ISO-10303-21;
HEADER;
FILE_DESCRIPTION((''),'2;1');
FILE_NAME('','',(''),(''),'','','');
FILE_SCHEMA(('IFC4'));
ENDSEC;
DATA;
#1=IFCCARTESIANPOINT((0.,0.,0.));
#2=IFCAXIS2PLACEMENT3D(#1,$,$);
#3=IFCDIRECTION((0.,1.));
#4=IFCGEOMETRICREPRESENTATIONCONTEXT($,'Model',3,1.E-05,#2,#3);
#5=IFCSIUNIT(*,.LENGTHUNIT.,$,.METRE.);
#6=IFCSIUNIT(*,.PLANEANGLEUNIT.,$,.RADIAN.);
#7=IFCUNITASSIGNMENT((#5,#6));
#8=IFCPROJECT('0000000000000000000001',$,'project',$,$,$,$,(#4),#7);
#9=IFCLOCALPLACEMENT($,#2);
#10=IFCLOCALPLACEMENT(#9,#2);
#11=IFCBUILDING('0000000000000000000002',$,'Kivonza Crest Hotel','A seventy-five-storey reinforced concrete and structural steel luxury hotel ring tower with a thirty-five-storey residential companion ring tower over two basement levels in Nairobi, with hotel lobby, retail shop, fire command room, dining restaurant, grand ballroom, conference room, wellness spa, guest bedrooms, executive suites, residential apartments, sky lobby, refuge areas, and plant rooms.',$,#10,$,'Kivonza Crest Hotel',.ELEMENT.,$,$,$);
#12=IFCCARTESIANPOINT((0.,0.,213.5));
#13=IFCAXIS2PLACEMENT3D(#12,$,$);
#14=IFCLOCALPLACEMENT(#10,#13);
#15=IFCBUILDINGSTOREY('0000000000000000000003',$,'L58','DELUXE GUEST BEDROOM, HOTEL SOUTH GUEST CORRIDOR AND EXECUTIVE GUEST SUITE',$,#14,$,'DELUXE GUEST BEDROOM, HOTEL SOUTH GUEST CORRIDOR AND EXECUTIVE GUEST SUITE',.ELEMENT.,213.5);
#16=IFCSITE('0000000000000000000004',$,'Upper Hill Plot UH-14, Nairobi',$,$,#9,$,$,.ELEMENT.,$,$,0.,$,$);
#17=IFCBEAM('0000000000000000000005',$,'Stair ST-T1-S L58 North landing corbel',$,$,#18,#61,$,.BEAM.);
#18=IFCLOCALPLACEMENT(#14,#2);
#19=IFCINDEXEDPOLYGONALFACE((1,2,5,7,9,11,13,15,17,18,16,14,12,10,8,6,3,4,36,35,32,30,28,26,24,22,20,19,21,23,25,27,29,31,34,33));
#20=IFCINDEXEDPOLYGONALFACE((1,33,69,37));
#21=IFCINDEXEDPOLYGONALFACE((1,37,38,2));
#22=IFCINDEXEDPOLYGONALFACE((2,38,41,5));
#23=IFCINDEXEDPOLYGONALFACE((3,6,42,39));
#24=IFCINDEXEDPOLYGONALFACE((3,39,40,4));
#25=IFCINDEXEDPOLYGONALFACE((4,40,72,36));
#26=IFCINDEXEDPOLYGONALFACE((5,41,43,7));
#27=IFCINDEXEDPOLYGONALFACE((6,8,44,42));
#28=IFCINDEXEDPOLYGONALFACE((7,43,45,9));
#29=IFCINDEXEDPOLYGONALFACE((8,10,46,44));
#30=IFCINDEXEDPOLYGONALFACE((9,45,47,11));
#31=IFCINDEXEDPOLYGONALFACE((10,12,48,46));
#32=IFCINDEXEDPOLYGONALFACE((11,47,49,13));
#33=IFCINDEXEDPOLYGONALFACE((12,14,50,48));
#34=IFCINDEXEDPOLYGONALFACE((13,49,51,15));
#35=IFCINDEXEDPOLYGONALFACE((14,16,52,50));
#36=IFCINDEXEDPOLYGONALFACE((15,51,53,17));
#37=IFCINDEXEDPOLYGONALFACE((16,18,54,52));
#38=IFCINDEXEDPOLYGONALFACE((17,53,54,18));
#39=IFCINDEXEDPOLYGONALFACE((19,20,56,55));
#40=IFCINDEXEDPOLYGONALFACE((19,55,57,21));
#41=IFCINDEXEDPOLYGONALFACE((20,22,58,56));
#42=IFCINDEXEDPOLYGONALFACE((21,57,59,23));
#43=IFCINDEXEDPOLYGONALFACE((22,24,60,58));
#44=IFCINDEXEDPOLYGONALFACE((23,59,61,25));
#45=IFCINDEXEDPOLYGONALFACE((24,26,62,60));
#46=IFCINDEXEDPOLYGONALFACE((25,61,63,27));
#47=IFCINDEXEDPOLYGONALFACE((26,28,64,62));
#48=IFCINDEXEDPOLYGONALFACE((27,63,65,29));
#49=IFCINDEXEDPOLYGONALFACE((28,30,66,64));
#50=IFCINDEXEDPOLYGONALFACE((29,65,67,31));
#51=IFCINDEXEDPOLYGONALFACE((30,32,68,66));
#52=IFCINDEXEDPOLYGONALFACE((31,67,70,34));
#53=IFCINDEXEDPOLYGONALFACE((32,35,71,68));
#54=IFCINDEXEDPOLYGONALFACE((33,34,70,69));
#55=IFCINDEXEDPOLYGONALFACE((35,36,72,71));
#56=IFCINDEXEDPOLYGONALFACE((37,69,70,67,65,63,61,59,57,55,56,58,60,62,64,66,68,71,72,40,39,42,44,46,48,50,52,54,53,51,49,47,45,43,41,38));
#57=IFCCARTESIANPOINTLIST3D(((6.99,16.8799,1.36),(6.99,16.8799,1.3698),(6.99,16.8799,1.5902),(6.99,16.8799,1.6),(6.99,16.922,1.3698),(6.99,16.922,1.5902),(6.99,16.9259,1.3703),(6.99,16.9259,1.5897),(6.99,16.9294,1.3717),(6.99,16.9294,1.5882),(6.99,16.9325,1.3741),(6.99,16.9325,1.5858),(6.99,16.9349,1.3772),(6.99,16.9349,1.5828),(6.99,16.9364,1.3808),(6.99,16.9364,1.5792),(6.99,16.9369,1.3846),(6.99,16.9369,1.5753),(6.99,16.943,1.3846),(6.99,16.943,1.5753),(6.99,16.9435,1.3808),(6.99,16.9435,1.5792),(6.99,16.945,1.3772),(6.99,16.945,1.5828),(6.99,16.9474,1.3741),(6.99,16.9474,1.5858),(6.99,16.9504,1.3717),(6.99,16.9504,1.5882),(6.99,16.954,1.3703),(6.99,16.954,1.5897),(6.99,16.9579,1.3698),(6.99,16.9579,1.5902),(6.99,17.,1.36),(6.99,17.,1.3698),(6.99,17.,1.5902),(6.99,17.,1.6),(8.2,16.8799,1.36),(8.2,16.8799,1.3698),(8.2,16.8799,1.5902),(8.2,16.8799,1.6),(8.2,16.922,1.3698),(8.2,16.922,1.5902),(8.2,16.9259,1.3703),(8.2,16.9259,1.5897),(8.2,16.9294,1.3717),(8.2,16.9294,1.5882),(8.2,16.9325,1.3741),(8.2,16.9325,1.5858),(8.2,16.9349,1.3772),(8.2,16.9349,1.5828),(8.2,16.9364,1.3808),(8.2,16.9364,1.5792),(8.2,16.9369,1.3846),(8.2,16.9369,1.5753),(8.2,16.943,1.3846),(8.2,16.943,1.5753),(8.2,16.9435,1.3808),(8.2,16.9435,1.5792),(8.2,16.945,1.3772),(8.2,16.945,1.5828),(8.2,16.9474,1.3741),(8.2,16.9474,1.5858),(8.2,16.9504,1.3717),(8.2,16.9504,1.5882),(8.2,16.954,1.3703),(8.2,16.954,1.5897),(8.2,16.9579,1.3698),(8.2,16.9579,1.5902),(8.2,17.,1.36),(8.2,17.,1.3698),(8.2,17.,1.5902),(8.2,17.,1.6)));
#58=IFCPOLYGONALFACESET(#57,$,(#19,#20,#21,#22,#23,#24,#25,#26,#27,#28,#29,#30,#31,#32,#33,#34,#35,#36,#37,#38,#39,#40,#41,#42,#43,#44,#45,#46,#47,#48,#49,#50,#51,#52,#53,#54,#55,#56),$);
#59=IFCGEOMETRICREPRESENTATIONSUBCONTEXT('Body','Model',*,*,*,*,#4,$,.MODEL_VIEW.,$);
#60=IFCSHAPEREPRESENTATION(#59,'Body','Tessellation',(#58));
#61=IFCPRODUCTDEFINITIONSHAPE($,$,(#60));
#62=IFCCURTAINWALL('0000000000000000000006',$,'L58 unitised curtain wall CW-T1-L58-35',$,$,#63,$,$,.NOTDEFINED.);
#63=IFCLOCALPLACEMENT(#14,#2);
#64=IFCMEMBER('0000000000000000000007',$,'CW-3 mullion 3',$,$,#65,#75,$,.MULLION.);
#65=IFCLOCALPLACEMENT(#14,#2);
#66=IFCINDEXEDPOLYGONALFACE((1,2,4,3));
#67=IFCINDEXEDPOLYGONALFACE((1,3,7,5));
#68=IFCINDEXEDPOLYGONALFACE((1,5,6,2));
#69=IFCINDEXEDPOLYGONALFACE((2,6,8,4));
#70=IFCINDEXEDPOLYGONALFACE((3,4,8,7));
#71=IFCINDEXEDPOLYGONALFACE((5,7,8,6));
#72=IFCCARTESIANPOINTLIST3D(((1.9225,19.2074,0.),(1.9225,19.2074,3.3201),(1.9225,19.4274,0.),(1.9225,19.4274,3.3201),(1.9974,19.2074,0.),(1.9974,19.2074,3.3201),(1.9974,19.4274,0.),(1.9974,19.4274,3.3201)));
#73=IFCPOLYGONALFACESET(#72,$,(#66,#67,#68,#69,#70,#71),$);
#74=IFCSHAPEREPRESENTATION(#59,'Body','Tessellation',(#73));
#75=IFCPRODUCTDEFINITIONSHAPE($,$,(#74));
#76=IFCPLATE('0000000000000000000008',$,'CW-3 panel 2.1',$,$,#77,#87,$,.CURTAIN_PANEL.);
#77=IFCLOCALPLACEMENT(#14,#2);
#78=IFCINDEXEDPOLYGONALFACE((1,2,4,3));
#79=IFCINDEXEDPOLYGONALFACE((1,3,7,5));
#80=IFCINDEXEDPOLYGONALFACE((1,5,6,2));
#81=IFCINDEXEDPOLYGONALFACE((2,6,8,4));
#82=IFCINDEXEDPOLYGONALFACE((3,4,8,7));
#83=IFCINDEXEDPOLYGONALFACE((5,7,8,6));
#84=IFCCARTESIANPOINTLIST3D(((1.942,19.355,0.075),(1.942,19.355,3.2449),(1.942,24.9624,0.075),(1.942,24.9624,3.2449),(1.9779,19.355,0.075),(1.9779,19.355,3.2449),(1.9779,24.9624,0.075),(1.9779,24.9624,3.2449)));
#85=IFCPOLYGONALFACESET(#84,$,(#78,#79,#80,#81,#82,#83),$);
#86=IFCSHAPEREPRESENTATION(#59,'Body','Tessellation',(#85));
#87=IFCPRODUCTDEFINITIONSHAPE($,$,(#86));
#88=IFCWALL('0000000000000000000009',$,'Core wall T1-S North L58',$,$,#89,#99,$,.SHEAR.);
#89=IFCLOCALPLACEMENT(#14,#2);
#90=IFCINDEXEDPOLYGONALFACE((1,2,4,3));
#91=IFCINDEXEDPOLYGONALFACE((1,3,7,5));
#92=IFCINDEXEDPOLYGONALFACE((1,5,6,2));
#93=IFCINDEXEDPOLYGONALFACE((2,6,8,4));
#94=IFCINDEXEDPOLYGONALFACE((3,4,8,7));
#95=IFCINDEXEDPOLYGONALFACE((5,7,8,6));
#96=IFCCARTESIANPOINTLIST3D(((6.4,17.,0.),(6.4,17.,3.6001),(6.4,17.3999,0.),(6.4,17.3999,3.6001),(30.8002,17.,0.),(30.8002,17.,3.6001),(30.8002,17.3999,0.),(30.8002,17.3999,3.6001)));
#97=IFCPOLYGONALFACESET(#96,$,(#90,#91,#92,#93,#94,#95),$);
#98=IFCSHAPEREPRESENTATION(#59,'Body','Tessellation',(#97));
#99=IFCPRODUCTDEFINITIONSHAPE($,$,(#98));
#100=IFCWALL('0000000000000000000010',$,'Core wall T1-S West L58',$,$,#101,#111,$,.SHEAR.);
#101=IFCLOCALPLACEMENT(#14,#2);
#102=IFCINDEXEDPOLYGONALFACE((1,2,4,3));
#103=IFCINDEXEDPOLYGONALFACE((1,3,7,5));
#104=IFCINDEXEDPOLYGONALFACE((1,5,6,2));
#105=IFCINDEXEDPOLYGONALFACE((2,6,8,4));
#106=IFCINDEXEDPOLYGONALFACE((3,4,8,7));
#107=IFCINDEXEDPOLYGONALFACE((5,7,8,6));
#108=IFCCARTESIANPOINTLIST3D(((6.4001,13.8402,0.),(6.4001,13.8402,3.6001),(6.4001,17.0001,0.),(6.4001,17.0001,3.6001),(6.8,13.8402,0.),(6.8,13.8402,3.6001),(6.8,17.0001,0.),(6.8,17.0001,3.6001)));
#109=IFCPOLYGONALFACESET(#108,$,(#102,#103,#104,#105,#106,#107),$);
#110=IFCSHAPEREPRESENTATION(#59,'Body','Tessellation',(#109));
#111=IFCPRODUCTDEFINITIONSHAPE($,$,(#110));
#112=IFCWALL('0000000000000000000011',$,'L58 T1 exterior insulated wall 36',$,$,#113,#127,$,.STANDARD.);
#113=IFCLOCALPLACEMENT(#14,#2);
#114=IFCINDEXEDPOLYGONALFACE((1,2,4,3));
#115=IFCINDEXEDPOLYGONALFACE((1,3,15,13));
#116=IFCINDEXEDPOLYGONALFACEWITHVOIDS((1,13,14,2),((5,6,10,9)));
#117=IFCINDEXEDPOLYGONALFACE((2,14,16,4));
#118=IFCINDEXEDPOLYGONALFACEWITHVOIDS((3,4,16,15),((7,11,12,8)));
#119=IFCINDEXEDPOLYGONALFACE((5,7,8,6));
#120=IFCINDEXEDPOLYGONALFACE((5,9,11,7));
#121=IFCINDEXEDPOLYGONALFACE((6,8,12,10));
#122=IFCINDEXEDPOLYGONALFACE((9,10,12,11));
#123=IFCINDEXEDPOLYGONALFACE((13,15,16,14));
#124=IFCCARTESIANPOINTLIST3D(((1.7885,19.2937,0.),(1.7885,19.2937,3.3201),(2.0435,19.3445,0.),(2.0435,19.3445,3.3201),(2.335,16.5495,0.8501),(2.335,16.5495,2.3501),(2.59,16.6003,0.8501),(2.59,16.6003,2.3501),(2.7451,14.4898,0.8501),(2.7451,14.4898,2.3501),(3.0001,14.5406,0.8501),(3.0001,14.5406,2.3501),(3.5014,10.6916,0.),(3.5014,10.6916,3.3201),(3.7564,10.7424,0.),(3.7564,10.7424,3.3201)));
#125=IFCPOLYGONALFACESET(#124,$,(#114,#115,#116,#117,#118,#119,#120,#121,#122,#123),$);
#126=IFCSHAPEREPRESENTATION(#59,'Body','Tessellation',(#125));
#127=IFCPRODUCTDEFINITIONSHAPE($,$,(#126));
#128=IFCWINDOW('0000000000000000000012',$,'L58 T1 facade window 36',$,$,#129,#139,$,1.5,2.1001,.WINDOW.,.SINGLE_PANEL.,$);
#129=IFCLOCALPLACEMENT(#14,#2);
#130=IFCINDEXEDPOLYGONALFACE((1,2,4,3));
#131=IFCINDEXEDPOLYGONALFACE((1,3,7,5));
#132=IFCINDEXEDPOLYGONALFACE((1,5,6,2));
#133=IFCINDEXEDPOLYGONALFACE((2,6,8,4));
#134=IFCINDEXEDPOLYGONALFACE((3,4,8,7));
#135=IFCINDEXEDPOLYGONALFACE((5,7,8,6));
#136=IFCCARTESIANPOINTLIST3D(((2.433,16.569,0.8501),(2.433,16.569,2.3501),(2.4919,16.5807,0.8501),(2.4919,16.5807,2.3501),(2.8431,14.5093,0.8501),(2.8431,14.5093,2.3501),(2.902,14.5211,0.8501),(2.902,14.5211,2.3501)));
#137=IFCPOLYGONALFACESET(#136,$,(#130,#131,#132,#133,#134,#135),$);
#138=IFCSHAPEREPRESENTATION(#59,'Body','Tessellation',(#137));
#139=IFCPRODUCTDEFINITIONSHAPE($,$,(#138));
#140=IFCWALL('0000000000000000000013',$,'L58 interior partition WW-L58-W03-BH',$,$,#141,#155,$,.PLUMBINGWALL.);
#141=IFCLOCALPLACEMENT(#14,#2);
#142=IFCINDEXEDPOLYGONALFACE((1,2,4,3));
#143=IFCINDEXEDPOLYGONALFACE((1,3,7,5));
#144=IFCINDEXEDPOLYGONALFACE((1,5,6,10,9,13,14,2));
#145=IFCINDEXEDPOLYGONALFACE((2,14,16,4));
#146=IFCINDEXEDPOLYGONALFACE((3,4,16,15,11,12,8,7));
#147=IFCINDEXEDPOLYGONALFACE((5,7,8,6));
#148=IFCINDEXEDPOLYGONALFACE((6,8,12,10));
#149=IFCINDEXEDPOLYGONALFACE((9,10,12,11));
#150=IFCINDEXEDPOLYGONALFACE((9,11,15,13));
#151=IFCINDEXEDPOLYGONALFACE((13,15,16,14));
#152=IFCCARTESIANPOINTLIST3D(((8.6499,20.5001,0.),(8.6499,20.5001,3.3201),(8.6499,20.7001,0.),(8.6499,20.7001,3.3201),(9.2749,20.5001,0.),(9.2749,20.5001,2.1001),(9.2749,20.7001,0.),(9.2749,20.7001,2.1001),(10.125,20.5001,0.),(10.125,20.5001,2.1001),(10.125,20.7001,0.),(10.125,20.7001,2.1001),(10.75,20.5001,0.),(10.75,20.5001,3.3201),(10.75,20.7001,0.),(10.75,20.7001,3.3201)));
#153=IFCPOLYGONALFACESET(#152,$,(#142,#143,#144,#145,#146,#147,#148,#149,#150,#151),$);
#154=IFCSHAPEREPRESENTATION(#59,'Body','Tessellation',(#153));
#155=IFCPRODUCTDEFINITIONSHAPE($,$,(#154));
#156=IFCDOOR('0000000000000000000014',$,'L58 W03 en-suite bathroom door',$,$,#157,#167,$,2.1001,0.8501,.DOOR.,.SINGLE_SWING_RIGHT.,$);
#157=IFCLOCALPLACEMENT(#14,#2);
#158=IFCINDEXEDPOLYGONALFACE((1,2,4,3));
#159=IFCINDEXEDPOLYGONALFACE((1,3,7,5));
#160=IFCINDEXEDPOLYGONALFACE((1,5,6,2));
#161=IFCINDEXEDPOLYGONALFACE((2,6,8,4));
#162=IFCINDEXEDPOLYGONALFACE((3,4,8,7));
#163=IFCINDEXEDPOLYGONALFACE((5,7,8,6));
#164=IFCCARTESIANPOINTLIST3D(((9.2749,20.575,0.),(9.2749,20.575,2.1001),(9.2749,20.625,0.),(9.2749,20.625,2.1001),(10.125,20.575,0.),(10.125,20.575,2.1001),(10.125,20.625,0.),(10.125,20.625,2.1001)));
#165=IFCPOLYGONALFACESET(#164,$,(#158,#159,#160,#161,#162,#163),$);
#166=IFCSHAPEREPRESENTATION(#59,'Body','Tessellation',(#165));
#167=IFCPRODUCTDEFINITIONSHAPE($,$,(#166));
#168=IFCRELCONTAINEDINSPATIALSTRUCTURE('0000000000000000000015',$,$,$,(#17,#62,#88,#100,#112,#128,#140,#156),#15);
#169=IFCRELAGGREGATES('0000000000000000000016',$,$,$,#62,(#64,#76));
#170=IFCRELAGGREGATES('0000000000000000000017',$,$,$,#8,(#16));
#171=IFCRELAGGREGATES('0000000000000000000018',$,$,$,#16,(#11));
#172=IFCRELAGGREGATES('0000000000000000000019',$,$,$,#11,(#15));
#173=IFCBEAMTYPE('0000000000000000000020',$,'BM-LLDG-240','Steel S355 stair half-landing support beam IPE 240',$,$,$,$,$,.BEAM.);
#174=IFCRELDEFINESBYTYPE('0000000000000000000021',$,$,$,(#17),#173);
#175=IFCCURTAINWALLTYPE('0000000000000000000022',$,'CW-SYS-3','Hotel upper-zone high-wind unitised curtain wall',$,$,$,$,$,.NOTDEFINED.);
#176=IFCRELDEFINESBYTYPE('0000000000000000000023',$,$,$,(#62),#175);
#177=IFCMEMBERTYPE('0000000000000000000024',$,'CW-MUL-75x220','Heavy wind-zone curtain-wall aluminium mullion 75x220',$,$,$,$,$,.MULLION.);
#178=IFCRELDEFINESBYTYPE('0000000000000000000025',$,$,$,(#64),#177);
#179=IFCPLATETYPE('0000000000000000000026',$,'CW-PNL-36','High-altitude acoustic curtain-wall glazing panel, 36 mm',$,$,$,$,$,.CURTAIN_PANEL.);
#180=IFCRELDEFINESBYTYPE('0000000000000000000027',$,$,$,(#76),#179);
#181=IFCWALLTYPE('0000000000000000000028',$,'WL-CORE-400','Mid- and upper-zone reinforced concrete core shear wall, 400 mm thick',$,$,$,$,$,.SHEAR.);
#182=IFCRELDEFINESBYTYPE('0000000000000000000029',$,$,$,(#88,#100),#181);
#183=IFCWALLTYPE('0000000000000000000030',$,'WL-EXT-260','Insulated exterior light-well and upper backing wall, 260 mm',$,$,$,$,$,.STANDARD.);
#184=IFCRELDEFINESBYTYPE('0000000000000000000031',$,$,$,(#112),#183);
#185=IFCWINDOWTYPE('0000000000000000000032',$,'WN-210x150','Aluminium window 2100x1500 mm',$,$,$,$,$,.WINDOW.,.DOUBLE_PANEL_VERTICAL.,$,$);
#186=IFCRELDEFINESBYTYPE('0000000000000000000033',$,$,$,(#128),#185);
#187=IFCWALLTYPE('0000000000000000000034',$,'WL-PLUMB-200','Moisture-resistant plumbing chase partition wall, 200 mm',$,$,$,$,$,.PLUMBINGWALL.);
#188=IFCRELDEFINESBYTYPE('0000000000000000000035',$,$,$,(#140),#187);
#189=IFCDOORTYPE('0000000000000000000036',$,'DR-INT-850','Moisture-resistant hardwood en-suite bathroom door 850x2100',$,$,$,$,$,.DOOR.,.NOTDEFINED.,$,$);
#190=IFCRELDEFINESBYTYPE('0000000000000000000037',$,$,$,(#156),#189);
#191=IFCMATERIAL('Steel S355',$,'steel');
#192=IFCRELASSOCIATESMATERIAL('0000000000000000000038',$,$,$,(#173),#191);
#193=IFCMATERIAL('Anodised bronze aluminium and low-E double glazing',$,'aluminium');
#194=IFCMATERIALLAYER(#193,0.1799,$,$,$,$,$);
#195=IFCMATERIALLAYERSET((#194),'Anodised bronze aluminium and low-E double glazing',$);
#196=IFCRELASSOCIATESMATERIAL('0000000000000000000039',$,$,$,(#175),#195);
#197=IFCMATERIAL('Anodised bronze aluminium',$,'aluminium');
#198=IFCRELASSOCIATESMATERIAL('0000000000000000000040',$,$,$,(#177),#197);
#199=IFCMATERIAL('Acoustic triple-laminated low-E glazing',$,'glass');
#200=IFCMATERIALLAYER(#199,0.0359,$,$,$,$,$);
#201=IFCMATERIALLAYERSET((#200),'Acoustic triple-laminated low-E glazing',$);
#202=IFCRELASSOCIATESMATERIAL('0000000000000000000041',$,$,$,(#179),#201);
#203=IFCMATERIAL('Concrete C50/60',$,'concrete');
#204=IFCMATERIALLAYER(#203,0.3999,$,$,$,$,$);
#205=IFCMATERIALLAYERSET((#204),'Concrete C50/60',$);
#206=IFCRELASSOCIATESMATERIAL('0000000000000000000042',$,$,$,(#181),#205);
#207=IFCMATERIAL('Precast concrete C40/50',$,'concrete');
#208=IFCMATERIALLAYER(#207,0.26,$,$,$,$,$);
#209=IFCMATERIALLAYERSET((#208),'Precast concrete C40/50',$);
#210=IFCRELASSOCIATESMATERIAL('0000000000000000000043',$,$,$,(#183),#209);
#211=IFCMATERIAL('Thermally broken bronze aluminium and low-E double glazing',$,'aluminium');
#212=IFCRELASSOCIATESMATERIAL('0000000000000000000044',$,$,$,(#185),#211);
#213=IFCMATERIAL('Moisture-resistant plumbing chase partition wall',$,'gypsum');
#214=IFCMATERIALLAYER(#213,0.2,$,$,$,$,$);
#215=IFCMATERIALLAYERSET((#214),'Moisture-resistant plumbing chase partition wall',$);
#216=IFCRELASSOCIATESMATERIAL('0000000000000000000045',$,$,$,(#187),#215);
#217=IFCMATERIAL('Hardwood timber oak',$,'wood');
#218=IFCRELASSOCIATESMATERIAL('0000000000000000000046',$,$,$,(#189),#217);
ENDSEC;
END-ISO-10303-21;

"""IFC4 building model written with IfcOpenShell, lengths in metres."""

from ifc_helpers import new_model, si_unit, direction, frame, frame_2d, origin, origin_2d, place, context, subcontext, project, spatial, rectangle, i_section, extrude, material, layer, layer_set, material_profile, profile_set, type_object, element, fill, aggregate, save


model = new_model("IFC4")

# Units and contexts
model_context = context("Model", 3, precision=1e-05, world=origin(), true_north=direction((0.0, 1.0)))
body_context = subcontext(model_context, "Body", "Model", "MODEL_VIEW")
ifc_project = project(units=[si_unit("LENGTHUNIT", "METRE"), si_unit("PLANEANGLEUNIT", "RADIAN")], contexts=[model_context])

# Site, building, storey
site_placement = place(None, origin())
site = spatial("IfcSite", under=ifc_project, at=site_placement, Name="Upper Hill Plot UH-14, Nairobi", CompositionType="ELEMENT", RefElevation=0.0)
building_placement = place(site_placement, origin())
building = spatial("IfcBuilding", under=site, at=building_placement, Name="Kivonza Crest Hotel", Description="A seventy-five-storey reinforced concrete and structural steel luxury hotel ring tower with a thirty-five-storey residential companion ring tower over two basement levels in Nairobi, with hotel lobby, retail shop, fire command room, dining restaurant, grand ballroom, conference room, wellness spa, guest bedrooms, executive suites, residential apartments, sky lobby, refuge areas, and plant rooms.", LongName="Kivonza Crest Hotel", CompositionType="ELEMENT")
storey_placement = place(building_placement, frame((0.0, 0.0, 213.5)))
storey = spatial("IfcBuildingStorey", under=building, at=storey_placement, Name="L58", Description="DELUXE GUEST BEDROOM, HOTEL SOUTH GUEST CORRIDOR AND EXECUTIVE GUEST SUITE", LongName="DELUXE GUEST BEDROOM, HOTEL SOUTH GUEST CORRIDOR AND EXECUTIVE GUEST SUITE", CompositionType="ELEMENT", Elevation=213.5)

# Shared definitions
ifc_material_1 = material(Name="Concrete C50/60", Category="concrete")

# Beam
ifc_material_2 = material(Name="Steel S355", Category="steel")
ifc_material_profile_1 = material_profile(ifc_material_2, i_section(OverallWidth=0.1201, OverallDepth=0.24, WebThickness=0.0061, FlangeThickness=0.0098, FilletRadius=0.0149, at=origin_2d()), Name="IPE 240")
ifc_profile_set_1 = profile_set([ifc_material_profile_1], Name="Steel S355")
beam_type_1 = type_object("IfcBeamType", Name="BM-LLDG-240", Description="Steel S355 stair half-landing support beam IPE 240", PredefinedType="BEAM", material=ifc_profile_set_1)
for number, where, z_axis, x_axis, name in (
    (1, (6.99, 16.9399, 1.48), (1.0, 0.0, 0.0), (0.0, 1.0, 0.0), "Stair ST-T1-S L58 North landing corbel"),
):
    element("IfcBeam", number, at=place(storey_placement, frame(where, z_axis=z_axis, x_axis=x_axis)), inside=storey, type_object=beam_type_1, Name=name, PredefinedType="BEAM", context=body_context, shape_type="SweptSolid", body=[
        extrude(i_section(OverallWidth=0.1201, OverallDepth=0.24, WebThickness=0.0061, FlangeThickness=0.0098, FilletRadius=0.0149, at=origin_2d()), origin(), (0.0, 0.0, 1.0), 1.21),
    ])

# Curtain wall, member, plate
ifc_material_3 = material(Name="Anodised bronze aluminium and low-E double glazing", Category="aluminium")
ifc_layer_1 = layer(ifc_material_3, 0.1799)
ifc_layer_set_1 = layer_set([ifc_layer_1], Name="Anodised bronze aluminium and low-E double glazing")
curtain_wall_type = type_object("IfcCurtainWallType", Name="CW-SYS-3", Description="Hotel upper-zone high-wind unitised curtain wall", PredefinedType="NOTDEFINED", material=ifc_layer_set_1)
curtain_wall_placement = place(storey_placement, origin())
curtain_wall = element("IfcCurtainWall", 2, at=curtain_wall_placement, inside=storey, type_object=curtain_wall_type, Name="L58 unitised curtain wall CW-T1-L58-35", PredefinedType="NOTDEFINED")
ifc_material_4 = material(Name="Anodised bronze aluminium", Category="aluminium")
ifc_material_profile_2 = material_profile(ifc_material_4, rectangle(XDim=0.075, YDim=0.22, at=origin_2d()), Name="CW-M 75x220")
ifc_profile_set_2 = profile_set([ifc_material_profile_2], Name="Anodised bronze aluminium")
member_type = type_object("IfcMemberType", Name="CW-MUL-75x220", Description="Heavy wind-zone curtain-wall aluminium mullion 75x220", PredefinedType="MULLION", material=ifc_profile_set_2)
member_placement = place(storey_placement, frame((1.96, 19.3174, 0.0), z_axis=(0.0, 0.0, 1.0), x_axis=(1.0, 0.0, 0.0)))
member = element("IfcMember", 3, at=member_placement, type_object=member_type, Name="CW-3 mullion 3", PredefinedType="MULLION", context=body_context, shape_type="SweptSolid", body=[
    extrude(rectangle(XDim=0.075, YDim=0.22, at=origin_2d()), origin(), (0.0, 0.0, 1.0), 3.3201),
])
ifc_material_5 = material(Name="Acoustic triple-laminated low-E glazing", Category="glass")
ifc_layer_2 = layer(ifc_material_5, 0.0359)
ifc_layer_set_2 = layer_set([ifc_layer_2], Name="Acoustic triple-laminated low-E glazing")
plate_type = type_object("IfcPlateType", Name="CW-PNL-36", Description="High-altitude acoustic curtain-wall glazing panel, 36 mm", PredefinedType="CURTAIN_PANEL", material=ifc_layer_set_2)
plate_placement = place(storey_placement, frame((1.96, 22.1587, 0.075), z_axis=(0.0, 0.0, 1.0), x_axis=(0.0, -1.0, 0.0)))
plate = element("IfcPlate", 4, at=plate_placement, type_object=plate_type, Name="CW-3 panel 2.1", PredefinedType="CURTAIN_PANEL", context=body_context, shape_type="SweptSolid", body=[
    extrude(rectangle(XDim=5.6074, YDim=0.0359, at=origin_2d()), origin(), (0.0, 0.0, 1.0), 3.1699),
])
aggregate(curtain_wall, [member, plate])

# Shared definitions
ifc_layer_3 = layer(ifc_material_1, 0.3999)
ifc_layer_set_3 = layer_set([ifc_layer_3], Name="Concrete C50/60")
wall_type_1 = type_object("IfcWallType", Name="WL-CORE-400", Description="Mid- and upper-zone reinforced concrete core shear wall, 400 mm thick", PredefinedType="SHEAR", material=ifc_layer_set_3)
ifc_material_6 = material(Name="Hardwood timber oak", Category="wood")

# Walls
wall_1_placement = place(storey_placement, frame((6.3999, 17.2, 0.0), z_axis=(0.0, 0.0, 1.0), x_axis=(1.0, 0.0, 0.0)))
element("IfcWall", 5, at=wall_1_placement, inside=storey, type_object=wall_type_1, Name="Core wall T1-S North L58", PredefinedType="SHEAR", context=body_context, shape_type="SweptSolid", body=[
    extrude(rectangle(XDim=24.4001, YDim=0.3999, at=frame_2d((12.2002, 0.0))), origin(), (0.0, 0.0, 1.0), 3.6001),
])
wall_2_placement = place(storey_placement, frame((6.6001, 13.8401, 0.0), z_axis=(0.0, 0.0, 1.0), x_axis=(0.0, 1.0, 0.0)))
element("IfcWall", 6, at=wall_2_placement, inside=storey, type_object=wall_type_1, Name="Core wall T1-S West L58", PredefinedType="SHEAR", context=body_context, shape_type="SweptSolid", body=[
    extrude(rectangle(XDim=3.1599, YDim=0.3999, at=frame_2d((1.5801, 0.0))), origin(), (0.0, 0.0, 1.0), 3.6001),
])

# Wall, opening, window
ifc_material_7 = material(Name="Precast concrete C40/50", Category="concrete")
ifc_layer_4 = layer(ifc_material_7, 0.26)
ifc_layer_set_4 = layer_set([ifc_layer_4], Name="Precast concrete C40/50")
wall_type_2 = type_object("IfcWallType", Name="WL-EXT-260", Description="Insulated exterior light-well and upper backing wall, 260 mm", PredefinedType="STANDARD", material=ifc_layer_set_4)
wall_3_placement = place(storey_placement, frame((1.916, 19.3191, 0.0), z_axis=(0.0, 0.0, 1.0), x_axis=(0.195292, -0.980745, 0.0)))
wall_3 = element("IfcWall", 7, at=wall_3_placement, inside=storey, type_object=wall_type_2, Name="L58 T1 exterior insulated wall 36", PredefinedType="STANDARD", context=body_context, shape_type="SweptSolid", body=[
    extrude(rectangle(XDim=8.771, YDim=0.26, at=frame_2d((4.3855, 0.0))), origin(), (0.0, 0.0, 1.0), 3.3201),
])
opening_1_placement = place(wall_3_placement, frame((2.7981, 0.0, 0.8501)))
opening_1 = element("IfcOpeningElement", 8, at=opening_1_placement, cuts=wall_3, PredefinedType="OPENING", context=body_context, shape_type="SweptSolid", body=[
    extrude(rectangle(XDim=2.1001, YDim=1.5, at=frame_2d((1.05, 0.75))), frame((0.0, 0.1401, 0.0), z_axis=(0.0, -1.0, 0.0), x_axis=(1.0, 0.0, 0.0)), (0.0, 0.0, 1.0), 0.28),
])
ifc_material_8 = material(Name="Thermally broken bronze aluminium and low-E double glazing", Category="aluminium")
window_type = type_object("IfcWindowType", Name="WN-210x150", Description="Aluminium window 2100x1500 mm", PartitioningType="DOUBLE_PANEL_VERTICAL", PredefinedType="WINDOW", material=ifc_material_8)
window_placement = place(opening_1_placement, origin())
window = element("IfcWindow", 9, at=window_placement, inside=storey, type_object=window_type, Name="L58 T1 facade window 36", OverallHeight=1.5, OverallWidth=2.1001, PartitioningType="SINGLE_PANEL", PredefinedType="WINDOW", context=body_context, shape_type="SweptSolid", body=[
    extrude(rectangle(XDim=2.1001, YDim=1.5, at=frame_2d((1.05, 0.75))), frame((0.0, 0.03, 0.0), z_axis=(0.0, -1.0, 0.0), x_axis=(1.0, 0.0, 0.0)), (0.0, 0.0, 1.0), 0.0601),
])
fill(opening_1, window)

# Wall, opening, door
ifc_material_9 = material(Name="Moisture-resistant plumbing chase partition wall", Category="gypsum")
ifc_layer_5 = layer(ifc_material_9, 0.2)
ifc_layer_set_5 = layer_set([ifc_layer_5], Name="Moisture-resistant plumbing chase partition wall")
wall_type_3 = type_object("IfcWallType", Name="WL-PLUMB-200", Description="Moisture-resistant plumbing chase partition wall, 200 mm", PredefinedType="PLUMBINGWALL", material=ifc_layer_set_5)
wall_4_placement = place(storey_placement, frame((8.6499, 20.6001, 0.0), z_axis=(0.0, 0.0, 1.0), x_axis=(1.0, 0.0, 0.0)))
wall_4 = element("IfcWall", 10, at=wall_4_placement, inside=storey, type_object=wall_type_3, Name="L58 interior partition WW-L58-W03-BH", PredefinedType="PLUMBINGWALL", context=body_context, shape_type="SweptSolid", body=[
    extrude(rectangle(XDim=2.1001, YDim=0.2, at=frame_2d((1.05, 0.0))), origin(), (0.0, 0.0, 1.0), 3.3201),
])
opening_2_placement = place(wall_4_placement, frame((0.625, 0.0, 0.0)))
opening_2 = element("IfcOpeningElement", 11, at=opening_2_placement, cuts=wall_4, PredefinedType="OPENING", context=body_context, shape_type="SweptSolid", body=[
    extrude(rectangle(XDim=0.8501, YDim=2.1001, at=frame_2d((0.425, 1.05))), frame((0.0, 0.1099, 0.0), z_axis=(0.0, -1.0, 0.0), x_axis=(1.0, 0.0, 0.0)), (0.0, 0.0, 1.0), 0.22),
])
door_type_1 = type_object("IfcDoorType", Name="DR-INT-850", Description="Moisture-resistant hardwood en-suite bathroom door 850x2100", OperationType="NOTDEFINED", PredefinedType="DOOR", material=ifc_material_6)
door_1_placement = place(opening_2_placement, origin())
door_1 = element("IfcDoor", 12, at=door_1_placement, inside=storey, type_object=door_type_1, Name="L58 W03 en-suite bathroom door", OperationType="SINGLE_SWING_RIGHT", OverallHeight=2.1001, OverallWidth=0.8501, PredefinedType="DOOR", context=body_context, shape_type="SweptSolid", body=[
    extrude(rectangle(XDim=0.8501, YDim=2.1001, at=frame_2d((0.425, 1.05))), frame((0.0, 0.0249, 0.0), z_axis=(0.0, -1.0, 0.0), x_axis=(1.0, 0.0, 0.0)), (0.0, 0.0, 1.0), 0.05),
])
fill(opening_2, door_1)

save(model, "model.ifc")
